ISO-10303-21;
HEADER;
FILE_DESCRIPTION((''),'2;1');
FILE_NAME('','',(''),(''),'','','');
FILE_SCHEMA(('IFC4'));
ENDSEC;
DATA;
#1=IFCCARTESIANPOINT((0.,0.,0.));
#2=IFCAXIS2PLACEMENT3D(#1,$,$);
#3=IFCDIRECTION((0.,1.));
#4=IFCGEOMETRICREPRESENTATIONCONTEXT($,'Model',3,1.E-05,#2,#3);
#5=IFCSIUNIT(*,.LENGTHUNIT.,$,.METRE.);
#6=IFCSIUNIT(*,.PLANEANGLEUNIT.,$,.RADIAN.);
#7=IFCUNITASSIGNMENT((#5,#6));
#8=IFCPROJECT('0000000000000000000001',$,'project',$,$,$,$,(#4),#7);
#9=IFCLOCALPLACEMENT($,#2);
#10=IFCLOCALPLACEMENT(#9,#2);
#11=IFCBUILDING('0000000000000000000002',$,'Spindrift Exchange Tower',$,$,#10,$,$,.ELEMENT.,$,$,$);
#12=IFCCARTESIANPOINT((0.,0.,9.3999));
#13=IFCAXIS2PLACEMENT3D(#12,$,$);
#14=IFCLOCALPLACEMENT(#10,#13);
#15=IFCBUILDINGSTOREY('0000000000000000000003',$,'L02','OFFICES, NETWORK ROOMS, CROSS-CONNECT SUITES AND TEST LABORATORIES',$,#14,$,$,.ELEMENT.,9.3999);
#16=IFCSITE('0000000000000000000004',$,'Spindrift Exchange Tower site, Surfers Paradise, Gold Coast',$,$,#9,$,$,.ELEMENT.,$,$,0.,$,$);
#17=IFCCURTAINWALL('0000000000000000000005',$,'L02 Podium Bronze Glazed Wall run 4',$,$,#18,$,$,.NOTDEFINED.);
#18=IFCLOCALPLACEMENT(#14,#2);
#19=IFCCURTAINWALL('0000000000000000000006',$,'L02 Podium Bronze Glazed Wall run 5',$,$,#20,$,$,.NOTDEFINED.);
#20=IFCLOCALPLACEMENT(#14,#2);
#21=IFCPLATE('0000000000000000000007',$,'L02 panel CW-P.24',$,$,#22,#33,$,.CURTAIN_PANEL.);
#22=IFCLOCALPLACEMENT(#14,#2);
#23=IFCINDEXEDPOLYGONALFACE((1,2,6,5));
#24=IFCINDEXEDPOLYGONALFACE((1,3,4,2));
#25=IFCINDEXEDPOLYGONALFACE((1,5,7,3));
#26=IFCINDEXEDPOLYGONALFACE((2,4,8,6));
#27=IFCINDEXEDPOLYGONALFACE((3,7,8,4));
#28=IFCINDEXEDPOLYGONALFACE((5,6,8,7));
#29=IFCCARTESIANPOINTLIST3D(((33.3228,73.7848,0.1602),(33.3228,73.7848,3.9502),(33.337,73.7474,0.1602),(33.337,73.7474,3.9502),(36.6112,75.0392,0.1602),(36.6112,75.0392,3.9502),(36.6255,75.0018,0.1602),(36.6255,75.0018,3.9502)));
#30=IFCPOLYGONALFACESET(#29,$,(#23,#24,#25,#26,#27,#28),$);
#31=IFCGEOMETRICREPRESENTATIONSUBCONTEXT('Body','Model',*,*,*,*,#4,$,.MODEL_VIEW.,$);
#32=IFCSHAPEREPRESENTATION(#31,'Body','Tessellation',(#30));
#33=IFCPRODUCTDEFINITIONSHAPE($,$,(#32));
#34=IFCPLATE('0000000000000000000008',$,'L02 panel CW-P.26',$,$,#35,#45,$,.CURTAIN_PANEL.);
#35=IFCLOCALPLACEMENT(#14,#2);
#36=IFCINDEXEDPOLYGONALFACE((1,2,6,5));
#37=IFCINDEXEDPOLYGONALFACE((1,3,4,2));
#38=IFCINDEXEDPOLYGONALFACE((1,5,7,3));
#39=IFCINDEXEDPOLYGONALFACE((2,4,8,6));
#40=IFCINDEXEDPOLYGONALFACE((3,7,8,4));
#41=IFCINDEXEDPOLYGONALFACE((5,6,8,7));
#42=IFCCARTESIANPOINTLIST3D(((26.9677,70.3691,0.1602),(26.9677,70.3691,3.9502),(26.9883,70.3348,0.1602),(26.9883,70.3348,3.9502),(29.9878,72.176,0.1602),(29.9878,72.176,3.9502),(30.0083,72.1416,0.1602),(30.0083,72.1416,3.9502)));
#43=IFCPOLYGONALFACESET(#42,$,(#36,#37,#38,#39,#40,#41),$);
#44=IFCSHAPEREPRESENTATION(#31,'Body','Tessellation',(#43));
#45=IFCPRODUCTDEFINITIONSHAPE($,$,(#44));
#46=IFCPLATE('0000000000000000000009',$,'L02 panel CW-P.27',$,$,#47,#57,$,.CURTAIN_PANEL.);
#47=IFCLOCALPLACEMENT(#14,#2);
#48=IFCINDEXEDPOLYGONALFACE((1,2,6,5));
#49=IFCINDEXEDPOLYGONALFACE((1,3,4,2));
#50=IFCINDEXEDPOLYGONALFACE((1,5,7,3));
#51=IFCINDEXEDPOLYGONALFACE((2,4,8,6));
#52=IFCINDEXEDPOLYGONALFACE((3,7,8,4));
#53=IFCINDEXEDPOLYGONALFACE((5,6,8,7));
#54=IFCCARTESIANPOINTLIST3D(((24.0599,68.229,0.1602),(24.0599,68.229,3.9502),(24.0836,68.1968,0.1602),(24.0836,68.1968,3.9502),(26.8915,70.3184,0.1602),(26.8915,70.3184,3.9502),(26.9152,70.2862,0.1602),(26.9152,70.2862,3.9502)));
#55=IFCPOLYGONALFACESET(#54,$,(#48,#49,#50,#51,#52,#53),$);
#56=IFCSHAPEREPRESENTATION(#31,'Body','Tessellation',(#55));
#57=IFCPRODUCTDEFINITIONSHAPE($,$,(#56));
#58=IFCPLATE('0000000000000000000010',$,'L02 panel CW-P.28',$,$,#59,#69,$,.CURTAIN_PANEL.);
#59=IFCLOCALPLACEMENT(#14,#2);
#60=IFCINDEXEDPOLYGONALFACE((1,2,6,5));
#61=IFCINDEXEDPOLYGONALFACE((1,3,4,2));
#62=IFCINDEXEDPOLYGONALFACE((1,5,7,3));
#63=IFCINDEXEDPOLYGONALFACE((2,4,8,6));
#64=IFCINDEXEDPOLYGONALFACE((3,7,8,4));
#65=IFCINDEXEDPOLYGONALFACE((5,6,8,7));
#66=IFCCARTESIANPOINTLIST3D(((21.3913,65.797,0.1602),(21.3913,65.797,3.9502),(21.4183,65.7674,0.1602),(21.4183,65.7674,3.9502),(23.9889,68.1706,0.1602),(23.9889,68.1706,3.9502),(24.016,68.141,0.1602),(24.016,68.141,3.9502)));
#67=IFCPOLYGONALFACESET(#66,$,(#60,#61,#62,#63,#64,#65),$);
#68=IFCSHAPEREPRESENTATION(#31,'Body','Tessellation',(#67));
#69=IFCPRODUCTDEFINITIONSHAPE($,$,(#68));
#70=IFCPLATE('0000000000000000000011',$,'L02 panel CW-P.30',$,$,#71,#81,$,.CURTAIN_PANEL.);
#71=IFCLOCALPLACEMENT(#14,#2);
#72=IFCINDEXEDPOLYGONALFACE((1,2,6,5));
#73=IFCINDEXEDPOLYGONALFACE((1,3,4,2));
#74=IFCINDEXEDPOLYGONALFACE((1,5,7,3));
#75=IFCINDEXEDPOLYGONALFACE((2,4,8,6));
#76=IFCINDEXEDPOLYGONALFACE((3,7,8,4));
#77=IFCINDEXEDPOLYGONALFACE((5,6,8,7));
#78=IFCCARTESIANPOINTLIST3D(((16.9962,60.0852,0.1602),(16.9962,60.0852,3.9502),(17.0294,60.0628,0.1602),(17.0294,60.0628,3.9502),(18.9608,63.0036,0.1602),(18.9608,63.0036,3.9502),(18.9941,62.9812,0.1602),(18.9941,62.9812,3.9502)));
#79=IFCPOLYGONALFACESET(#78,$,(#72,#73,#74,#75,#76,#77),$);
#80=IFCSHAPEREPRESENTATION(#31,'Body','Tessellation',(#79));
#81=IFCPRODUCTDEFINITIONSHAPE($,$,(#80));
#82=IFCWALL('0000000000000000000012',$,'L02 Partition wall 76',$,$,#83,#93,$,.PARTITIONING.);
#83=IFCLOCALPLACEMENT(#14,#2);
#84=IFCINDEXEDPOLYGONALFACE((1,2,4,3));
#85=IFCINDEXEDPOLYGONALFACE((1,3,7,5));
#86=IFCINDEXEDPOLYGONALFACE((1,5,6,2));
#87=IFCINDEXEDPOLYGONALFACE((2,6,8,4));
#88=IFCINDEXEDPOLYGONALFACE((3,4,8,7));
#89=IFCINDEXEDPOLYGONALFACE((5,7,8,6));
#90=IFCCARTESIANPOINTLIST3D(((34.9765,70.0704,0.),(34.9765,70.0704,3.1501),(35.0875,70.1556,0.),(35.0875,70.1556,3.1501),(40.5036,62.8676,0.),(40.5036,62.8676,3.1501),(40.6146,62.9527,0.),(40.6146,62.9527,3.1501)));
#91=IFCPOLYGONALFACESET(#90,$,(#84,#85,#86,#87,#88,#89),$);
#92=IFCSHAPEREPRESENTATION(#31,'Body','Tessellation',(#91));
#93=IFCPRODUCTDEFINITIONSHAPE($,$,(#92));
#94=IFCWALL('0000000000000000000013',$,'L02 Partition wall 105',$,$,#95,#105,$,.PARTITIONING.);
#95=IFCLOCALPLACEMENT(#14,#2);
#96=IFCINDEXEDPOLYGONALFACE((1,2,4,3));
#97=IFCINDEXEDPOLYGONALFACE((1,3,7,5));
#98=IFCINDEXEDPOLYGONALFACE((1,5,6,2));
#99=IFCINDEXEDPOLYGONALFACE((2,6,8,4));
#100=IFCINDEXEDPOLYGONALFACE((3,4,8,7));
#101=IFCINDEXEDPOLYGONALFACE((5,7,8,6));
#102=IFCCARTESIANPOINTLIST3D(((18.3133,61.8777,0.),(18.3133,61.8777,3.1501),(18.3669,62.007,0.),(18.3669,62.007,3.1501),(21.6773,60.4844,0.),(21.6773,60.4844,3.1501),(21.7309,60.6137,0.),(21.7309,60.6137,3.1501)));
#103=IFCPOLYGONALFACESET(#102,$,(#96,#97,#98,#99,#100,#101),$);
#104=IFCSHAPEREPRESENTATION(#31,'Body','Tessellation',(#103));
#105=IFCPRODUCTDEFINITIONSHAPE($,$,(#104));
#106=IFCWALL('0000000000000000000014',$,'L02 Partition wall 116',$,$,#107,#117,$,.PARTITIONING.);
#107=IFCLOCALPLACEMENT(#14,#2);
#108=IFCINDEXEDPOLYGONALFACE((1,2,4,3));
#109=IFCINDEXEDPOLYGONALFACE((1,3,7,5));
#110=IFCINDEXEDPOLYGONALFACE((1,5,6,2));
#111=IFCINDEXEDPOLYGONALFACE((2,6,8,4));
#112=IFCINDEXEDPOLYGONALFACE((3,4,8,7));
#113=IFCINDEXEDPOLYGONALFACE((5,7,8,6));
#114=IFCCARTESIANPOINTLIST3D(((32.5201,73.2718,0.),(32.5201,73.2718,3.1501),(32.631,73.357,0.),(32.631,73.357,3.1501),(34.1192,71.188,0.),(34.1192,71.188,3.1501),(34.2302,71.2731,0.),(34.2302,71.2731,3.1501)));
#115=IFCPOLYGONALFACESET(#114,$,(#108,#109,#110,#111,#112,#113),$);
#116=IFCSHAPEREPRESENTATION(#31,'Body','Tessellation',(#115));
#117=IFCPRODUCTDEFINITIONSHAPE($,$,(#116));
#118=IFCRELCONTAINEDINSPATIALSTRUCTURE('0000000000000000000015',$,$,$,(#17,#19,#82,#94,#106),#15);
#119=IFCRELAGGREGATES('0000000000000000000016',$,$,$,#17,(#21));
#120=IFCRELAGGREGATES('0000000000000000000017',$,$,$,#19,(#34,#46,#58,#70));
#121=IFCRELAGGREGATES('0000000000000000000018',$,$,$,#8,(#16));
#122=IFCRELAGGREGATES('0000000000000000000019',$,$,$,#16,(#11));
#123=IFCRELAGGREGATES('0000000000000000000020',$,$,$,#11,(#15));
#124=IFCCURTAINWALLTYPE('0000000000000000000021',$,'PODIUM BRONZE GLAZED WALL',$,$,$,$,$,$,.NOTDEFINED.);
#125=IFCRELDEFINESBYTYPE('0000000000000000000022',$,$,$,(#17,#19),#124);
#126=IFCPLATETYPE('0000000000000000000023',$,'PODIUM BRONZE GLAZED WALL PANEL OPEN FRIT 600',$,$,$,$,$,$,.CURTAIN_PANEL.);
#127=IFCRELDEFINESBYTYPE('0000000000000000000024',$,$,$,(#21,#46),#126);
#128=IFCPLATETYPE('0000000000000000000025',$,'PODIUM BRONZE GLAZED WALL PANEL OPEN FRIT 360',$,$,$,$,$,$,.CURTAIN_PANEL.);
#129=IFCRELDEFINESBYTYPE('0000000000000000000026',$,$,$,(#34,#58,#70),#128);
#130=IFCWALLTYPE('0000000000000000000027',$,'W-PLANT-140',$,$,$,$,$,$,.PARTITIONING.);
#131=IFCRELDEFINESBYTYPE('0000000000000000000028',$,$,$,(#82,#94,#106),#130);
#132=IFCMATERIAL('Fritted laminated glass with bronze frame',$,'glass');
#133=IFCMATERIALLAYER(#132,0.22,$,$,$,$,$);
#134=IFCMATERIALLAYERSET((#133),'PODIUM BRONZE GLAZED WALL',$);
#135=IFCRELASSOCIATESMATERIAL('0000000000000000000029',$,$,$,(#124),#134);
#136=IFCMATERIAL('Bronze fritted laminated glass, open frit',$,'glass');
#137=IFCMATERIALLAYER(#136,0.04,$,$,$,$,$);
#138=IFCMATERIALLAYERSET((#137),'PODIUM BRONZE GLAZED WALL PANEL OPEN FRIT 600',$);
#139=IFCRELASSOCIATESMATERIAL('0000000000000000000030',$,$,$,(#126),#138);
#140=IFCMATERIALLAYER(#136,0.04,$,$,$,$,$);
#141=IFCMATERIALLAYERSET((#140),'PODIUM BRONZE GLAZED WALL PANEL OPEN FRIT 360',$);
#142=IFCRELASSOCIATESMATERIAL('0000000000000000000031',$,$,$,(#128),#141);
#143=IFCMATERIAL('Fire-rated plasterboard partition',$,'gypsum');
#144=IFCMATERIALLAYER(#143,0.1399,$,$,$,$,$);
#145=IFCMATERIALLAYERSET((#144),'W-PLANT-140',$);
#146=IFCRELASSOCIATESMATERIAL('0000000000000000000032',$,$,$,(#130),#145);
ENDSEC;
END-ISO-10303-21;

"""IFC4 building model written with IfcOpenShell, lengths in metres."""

from ifc_helpers import new_model, si_unit, direction, frame, frame_2d, origin, origin_2d, place, context, subcontext, project, spatial, rectangle, extrude, source, transform, mapped, material, layer, layer_set, type_object, element, aggregate, save


model = new_model("IFC4")

# Units and contexts
model_context = context("Model", 3, precision=1e-05, world=origin(), true_north=direction((0.0, 1.0)))
body_context = subcontext(model_context, "Body", "Model", "MODEL_VIEW")
ifc_project = project(units=[si_unit("LENGTHUNIT", "METRE"), si_unit("PLANEANGLEUNIT", "RADIAN")], contexts=[model_context])

# Site, building, storey
site_placement = place(None, origin())
site = spatial("IfcSite", under=ifc_project, at=site_placement, Name="Spindrift Exchange Tower site, Surfers Paradise, Gold Coast", CompositionType="ELEMENT", RefElevation=0.0)
building_placement = place(site_placement, origin())
building = spatial("IfcBuilding", under=site, at=building_placement, Name="Spindrift Exchange Tower", CompositionType="ELEMENT")
storey_placement = place(building_placement, frame((0.0, 0.0, 9.3999)))
storey = spatial("IfcBuildingStorey", under=building, at=storey_placement, Name="L02", Description="OFFICES, NETWORK ROOMS, CROSS-CONNECT SUITES AND TEST LABORATORIES", CompositionType="ELEMENT", Elevation=9.3999)

# Curtain walls
ifc_material_1 = material(Name="Fritted laminated glass with bronze frame", Category="glass")
ifc_layer_1 = layer(ifc_material_1, 0.22)
ifc_layer_set_1 = layer_set([ifc_layer_1], Name="PODIUM BRONZE GLAZED WALL")
curtain_wall_type = type_object("IfcCurtainWallType", Name="PODIUM BRONZE GLAZED WALL", PredefinedType="NOTDEFINED", material=ifc_layer_set_1)
curtain_wall_1_placement = place(storey_placement, origin())
curtain_wall_1 = element("IfcCurtainWall", 1, at=curtain_wall_1_placement, inside=storey, type_object=curtain_wall_type, Name="L02 Podium Bronze Glazed Wall run 4", PredefinedType="NOTDEFINED")
curtain_wall_2_placement = place(storey_placement, origin())
curtain_wall_2 = element("IfcCurtainWall", 2, at=curtain_wall_2_placement, inside=storey, type_object=curtain_wall_type, Name="L02 Podium Bronze Glazed Wall run 5", PredefinedType="NOTDEFINED")

# Plates
ifc_material_2 = material(Name="Bronze fritted laminated glass, open frit", Category="glass")
ifc_layer_2 = layer(ifc_material_2, 0.04)
ifc_layer_set_2 = layer_set([ifc_layer_2], Name="PODIUM BRONZE GLAZED WALL PANEL OPEN FRIT 600")
plate_type_1 = type_object("IfcPlateType", Name="PODIUM BRONZE GLAZED WALL PANEL OPEN FRIT 600", PredefinedType="CURTAIN_PANEL", material=ifc_layer_set_2)
ifc_layer_3 = layer(ifc_material_2, 0.04)
ifc_layer_set_3 = layer_set([ifc_layer_3], Name="PODIUM BRONZE GLAZED WALL PANEL OPEN FRIT 360")
plate_type_2 = type_object("IfcPlateType", Name="PODIUM BRONZE GLAZED WALL PANEL OPEN FRIT 360", PredefinedType="CURTAIN_PANEL", material=ifc_layer_set_3)
shared_shape_1 = source(origin(), body_context, "Body", "SweptSolid", [
    extrude(rectangle(XDim=3.5195, YDim=0.04, at=origin_2d()), origin(), (0.0, 0.0, 1.0), 3.79),
])
plate_1_placement = place(storey_placement, frame((34.9741, 74.3933, 0.1602), z_axis=(0.0, 0.0, 1.0), x_axis=(-0.934336, -0.356392, 0.0)))
plate_1 = element("IfcPlate", 3, at=plate_1_placement, type_object=plate_type_1, Name="L02 panel CW-P.24", PredefinedType="CURTAIN_PANEL", context=body_context, shape_type="MappedRepresentation", body=[
    mapped(shared_shape_1, transform((0.0, 0.0, 0.0), scale=1.0)),
])
aggregate(curtain_wall_1, [plate_1])
shared_shape_2 = source(origin(), body_context, "Body", "SweptSolid", [
    extrude(rectangle(XDim=3.5193, YDim=0.04, at=origin_2d()), origin(), (0.0, 0.0, 1.0), 3.79),
])
plate_2_placement = place(storey_placement, frame((28.488, 71.2554, 0.1602), z_axis=(0.0, 0.0, 1.0), x_axis=(-0.858137, -0.51342, 0.0)))
plate_2 = element("IfcPlate", 4, at=plate_2_placement, type_object=plate_type_2, Name="L02 panel CW-P.26", PredefinedType="CURTAIN_PANEL", context=body_context, shape_type="MappedRepresentation", body=[
    mapped(shared_shape_2, transform((0.0, 0.0, 0.0), scale=1.0)),
])
shared_shape_3 = source(origin(), body_context, "Body", "SweptSolid", [
    extrude(rectangle(XDim=3.519, YDim=0.04, at=origin_2d()), origin(), (0.0, 0.0, 1.0), 3.79),
])
plate_3_placement = place(storey_placement, frame((25.4875, 69.2576, 0.1602), z_axis=(0.0, 0.0, 1.0), x_axis=(-0.804658, -0.593739, 0.0)))
plate_3 = element("IfcPlate", 5, at=plate_3_placement, type_object=plate_type_1, Name="L02 panel CW-P.27", PredefinedType="CURTAIN_PANEL", context=body_context, shape_type="MappedRepresentation", body=[
    mapped(shared_shape_3, transform((0.0, 0.0, 0.0), scale=1.0)),
])
shared_shape_4 = source(origin(), body_context, "Body", "SweptSolid", [
    extrude(rectangle(XDim=3.5188, YDim=0.04, at=origin_2d()), origin(), (0.0, 0.0, 1.0), 3.79),
])
plate_4_placement = place(storey_placement, frame((22.7036, 66.969, 0.1602), z_axis=(0.0, 0.0, 1.0), x_axis=(-0.738228, -0.674551, 0.0)))
plate_4 = element("IfcPlate", 6, at=plate_4_placement, type_object=plate_type_2, Name="L02 panel CW-P.28", PredefinedType="CURTAIN_PANEL", context=body_context, shape_type="MappedRepresentation", body=[
    mapped(shared_shape_4, transform((0.0, 0.0, 0.0), scale=1.0)),
])
shared_shape_5 = source(origin(), body_context, "Body", "SweptSolid", [
    extrude(rectangle(XDim=3.5181, YDim=0.04, at=origin_2d()), origin(), (0.0, 0.0, 1.0), 3.79),
])
plate_5_placement = place(storey_placement, frame((17.9951, 61.5332, 0.1602), z_axis=(0.0, 0.0, 1.0), x_axis=(-0.558449, -0.829539, 0.0)))
plate_5 = element("IfcPlate", 7, at=plate_5_placement, type_object=plate_type_2, Name="L02 panel CW-P.30", PredefinedType="CURTAIN_PANEL", context=body_context, shape_type="MappedRepresentation", body=[
    mapped(shared_shape_5, transform((0.0, 0.0, 0.0), scale=1.0)),
])
aggregate(curtain_wall_2, [plate_2, plate_3, plate_4, plate_5])

# Walls
ifc_material_3 = material(Name="Fire-rated plasterboard partition", Category="gypsum")
ifc_layer_4 = layer(ifc_material_3, 0.1399)
ifc_layer_set_4 = layer_set([ifc_layer_4], Name="W-PLANT-140")
wall_type = type_object("IfcWallType", Name="W-PLANT-140", PredefinedType="PARTITIONING", material=ifc_layer_set_4)
wall_1_placement = place(storey_placement, frame((40.5591, 62.9102, 0.0), z_axis=(0.0, 0.0, 1.0), x_axis=(-0.608771, 0.793346, 0.0)))
element("IfcWall", 8, at=wall_1_placement, inside=storey, type_object=wall_type, Name="L02 Partition wall 76", PredefinedType="PARTITIONING", context=body_context, shape_type="SweptSolid", body=[
    extrude(rectangle(XDim=9.0791, YDim=0.1399, at=frame_2d((4.5396, 0.0))), origin(), (0.0, 0.0, 1.0), 3.1501),
])
wall_2_placement = place(storey_placement, frame((21.7041, 60.5491, 0.0), z_axis=(0.0, 0.0, 1.0), x_axis=(-0.92389, 0.382658, 0.0)))
element("IfcWall", 9, at=wall_2_placement, inside=storey, type_object=wall_type, Name="L02 Partition wall 105", PredefinedType="PARTITIONING", context=body_context, shape_type="SweptSolid", body=[
    extrude(rectangle(XDim=3.6411, YDim=0.1399, at=frame_2d((1.8206, 0.0))), origin(), (0.0, 0.0, 1.0), 3.1501),
])
wall_3_placement = place(storey_placement, frame((34.1748, 71.2305, 0.0), z_axis=(0.0, 0.0, 1.0), x_axis=(-0.608812, 0.793315, 0.0)))
element("IfcWall", 10, at=wall_3_placement, inside=storey, type_object=wall_type, Name="L02 Partition wall 116", PredefinedType="PARTITIONING", context=body_context, shape_type="SweptSolid", body=[
    extrude(rectangle(XDim=2.6267, YDim=0.1399, at=frame_2d((1.3135, 0.0))), origin(), (0.0, 0.0, 1.0), 3.1501),
])

save(model, "model.ifc")
